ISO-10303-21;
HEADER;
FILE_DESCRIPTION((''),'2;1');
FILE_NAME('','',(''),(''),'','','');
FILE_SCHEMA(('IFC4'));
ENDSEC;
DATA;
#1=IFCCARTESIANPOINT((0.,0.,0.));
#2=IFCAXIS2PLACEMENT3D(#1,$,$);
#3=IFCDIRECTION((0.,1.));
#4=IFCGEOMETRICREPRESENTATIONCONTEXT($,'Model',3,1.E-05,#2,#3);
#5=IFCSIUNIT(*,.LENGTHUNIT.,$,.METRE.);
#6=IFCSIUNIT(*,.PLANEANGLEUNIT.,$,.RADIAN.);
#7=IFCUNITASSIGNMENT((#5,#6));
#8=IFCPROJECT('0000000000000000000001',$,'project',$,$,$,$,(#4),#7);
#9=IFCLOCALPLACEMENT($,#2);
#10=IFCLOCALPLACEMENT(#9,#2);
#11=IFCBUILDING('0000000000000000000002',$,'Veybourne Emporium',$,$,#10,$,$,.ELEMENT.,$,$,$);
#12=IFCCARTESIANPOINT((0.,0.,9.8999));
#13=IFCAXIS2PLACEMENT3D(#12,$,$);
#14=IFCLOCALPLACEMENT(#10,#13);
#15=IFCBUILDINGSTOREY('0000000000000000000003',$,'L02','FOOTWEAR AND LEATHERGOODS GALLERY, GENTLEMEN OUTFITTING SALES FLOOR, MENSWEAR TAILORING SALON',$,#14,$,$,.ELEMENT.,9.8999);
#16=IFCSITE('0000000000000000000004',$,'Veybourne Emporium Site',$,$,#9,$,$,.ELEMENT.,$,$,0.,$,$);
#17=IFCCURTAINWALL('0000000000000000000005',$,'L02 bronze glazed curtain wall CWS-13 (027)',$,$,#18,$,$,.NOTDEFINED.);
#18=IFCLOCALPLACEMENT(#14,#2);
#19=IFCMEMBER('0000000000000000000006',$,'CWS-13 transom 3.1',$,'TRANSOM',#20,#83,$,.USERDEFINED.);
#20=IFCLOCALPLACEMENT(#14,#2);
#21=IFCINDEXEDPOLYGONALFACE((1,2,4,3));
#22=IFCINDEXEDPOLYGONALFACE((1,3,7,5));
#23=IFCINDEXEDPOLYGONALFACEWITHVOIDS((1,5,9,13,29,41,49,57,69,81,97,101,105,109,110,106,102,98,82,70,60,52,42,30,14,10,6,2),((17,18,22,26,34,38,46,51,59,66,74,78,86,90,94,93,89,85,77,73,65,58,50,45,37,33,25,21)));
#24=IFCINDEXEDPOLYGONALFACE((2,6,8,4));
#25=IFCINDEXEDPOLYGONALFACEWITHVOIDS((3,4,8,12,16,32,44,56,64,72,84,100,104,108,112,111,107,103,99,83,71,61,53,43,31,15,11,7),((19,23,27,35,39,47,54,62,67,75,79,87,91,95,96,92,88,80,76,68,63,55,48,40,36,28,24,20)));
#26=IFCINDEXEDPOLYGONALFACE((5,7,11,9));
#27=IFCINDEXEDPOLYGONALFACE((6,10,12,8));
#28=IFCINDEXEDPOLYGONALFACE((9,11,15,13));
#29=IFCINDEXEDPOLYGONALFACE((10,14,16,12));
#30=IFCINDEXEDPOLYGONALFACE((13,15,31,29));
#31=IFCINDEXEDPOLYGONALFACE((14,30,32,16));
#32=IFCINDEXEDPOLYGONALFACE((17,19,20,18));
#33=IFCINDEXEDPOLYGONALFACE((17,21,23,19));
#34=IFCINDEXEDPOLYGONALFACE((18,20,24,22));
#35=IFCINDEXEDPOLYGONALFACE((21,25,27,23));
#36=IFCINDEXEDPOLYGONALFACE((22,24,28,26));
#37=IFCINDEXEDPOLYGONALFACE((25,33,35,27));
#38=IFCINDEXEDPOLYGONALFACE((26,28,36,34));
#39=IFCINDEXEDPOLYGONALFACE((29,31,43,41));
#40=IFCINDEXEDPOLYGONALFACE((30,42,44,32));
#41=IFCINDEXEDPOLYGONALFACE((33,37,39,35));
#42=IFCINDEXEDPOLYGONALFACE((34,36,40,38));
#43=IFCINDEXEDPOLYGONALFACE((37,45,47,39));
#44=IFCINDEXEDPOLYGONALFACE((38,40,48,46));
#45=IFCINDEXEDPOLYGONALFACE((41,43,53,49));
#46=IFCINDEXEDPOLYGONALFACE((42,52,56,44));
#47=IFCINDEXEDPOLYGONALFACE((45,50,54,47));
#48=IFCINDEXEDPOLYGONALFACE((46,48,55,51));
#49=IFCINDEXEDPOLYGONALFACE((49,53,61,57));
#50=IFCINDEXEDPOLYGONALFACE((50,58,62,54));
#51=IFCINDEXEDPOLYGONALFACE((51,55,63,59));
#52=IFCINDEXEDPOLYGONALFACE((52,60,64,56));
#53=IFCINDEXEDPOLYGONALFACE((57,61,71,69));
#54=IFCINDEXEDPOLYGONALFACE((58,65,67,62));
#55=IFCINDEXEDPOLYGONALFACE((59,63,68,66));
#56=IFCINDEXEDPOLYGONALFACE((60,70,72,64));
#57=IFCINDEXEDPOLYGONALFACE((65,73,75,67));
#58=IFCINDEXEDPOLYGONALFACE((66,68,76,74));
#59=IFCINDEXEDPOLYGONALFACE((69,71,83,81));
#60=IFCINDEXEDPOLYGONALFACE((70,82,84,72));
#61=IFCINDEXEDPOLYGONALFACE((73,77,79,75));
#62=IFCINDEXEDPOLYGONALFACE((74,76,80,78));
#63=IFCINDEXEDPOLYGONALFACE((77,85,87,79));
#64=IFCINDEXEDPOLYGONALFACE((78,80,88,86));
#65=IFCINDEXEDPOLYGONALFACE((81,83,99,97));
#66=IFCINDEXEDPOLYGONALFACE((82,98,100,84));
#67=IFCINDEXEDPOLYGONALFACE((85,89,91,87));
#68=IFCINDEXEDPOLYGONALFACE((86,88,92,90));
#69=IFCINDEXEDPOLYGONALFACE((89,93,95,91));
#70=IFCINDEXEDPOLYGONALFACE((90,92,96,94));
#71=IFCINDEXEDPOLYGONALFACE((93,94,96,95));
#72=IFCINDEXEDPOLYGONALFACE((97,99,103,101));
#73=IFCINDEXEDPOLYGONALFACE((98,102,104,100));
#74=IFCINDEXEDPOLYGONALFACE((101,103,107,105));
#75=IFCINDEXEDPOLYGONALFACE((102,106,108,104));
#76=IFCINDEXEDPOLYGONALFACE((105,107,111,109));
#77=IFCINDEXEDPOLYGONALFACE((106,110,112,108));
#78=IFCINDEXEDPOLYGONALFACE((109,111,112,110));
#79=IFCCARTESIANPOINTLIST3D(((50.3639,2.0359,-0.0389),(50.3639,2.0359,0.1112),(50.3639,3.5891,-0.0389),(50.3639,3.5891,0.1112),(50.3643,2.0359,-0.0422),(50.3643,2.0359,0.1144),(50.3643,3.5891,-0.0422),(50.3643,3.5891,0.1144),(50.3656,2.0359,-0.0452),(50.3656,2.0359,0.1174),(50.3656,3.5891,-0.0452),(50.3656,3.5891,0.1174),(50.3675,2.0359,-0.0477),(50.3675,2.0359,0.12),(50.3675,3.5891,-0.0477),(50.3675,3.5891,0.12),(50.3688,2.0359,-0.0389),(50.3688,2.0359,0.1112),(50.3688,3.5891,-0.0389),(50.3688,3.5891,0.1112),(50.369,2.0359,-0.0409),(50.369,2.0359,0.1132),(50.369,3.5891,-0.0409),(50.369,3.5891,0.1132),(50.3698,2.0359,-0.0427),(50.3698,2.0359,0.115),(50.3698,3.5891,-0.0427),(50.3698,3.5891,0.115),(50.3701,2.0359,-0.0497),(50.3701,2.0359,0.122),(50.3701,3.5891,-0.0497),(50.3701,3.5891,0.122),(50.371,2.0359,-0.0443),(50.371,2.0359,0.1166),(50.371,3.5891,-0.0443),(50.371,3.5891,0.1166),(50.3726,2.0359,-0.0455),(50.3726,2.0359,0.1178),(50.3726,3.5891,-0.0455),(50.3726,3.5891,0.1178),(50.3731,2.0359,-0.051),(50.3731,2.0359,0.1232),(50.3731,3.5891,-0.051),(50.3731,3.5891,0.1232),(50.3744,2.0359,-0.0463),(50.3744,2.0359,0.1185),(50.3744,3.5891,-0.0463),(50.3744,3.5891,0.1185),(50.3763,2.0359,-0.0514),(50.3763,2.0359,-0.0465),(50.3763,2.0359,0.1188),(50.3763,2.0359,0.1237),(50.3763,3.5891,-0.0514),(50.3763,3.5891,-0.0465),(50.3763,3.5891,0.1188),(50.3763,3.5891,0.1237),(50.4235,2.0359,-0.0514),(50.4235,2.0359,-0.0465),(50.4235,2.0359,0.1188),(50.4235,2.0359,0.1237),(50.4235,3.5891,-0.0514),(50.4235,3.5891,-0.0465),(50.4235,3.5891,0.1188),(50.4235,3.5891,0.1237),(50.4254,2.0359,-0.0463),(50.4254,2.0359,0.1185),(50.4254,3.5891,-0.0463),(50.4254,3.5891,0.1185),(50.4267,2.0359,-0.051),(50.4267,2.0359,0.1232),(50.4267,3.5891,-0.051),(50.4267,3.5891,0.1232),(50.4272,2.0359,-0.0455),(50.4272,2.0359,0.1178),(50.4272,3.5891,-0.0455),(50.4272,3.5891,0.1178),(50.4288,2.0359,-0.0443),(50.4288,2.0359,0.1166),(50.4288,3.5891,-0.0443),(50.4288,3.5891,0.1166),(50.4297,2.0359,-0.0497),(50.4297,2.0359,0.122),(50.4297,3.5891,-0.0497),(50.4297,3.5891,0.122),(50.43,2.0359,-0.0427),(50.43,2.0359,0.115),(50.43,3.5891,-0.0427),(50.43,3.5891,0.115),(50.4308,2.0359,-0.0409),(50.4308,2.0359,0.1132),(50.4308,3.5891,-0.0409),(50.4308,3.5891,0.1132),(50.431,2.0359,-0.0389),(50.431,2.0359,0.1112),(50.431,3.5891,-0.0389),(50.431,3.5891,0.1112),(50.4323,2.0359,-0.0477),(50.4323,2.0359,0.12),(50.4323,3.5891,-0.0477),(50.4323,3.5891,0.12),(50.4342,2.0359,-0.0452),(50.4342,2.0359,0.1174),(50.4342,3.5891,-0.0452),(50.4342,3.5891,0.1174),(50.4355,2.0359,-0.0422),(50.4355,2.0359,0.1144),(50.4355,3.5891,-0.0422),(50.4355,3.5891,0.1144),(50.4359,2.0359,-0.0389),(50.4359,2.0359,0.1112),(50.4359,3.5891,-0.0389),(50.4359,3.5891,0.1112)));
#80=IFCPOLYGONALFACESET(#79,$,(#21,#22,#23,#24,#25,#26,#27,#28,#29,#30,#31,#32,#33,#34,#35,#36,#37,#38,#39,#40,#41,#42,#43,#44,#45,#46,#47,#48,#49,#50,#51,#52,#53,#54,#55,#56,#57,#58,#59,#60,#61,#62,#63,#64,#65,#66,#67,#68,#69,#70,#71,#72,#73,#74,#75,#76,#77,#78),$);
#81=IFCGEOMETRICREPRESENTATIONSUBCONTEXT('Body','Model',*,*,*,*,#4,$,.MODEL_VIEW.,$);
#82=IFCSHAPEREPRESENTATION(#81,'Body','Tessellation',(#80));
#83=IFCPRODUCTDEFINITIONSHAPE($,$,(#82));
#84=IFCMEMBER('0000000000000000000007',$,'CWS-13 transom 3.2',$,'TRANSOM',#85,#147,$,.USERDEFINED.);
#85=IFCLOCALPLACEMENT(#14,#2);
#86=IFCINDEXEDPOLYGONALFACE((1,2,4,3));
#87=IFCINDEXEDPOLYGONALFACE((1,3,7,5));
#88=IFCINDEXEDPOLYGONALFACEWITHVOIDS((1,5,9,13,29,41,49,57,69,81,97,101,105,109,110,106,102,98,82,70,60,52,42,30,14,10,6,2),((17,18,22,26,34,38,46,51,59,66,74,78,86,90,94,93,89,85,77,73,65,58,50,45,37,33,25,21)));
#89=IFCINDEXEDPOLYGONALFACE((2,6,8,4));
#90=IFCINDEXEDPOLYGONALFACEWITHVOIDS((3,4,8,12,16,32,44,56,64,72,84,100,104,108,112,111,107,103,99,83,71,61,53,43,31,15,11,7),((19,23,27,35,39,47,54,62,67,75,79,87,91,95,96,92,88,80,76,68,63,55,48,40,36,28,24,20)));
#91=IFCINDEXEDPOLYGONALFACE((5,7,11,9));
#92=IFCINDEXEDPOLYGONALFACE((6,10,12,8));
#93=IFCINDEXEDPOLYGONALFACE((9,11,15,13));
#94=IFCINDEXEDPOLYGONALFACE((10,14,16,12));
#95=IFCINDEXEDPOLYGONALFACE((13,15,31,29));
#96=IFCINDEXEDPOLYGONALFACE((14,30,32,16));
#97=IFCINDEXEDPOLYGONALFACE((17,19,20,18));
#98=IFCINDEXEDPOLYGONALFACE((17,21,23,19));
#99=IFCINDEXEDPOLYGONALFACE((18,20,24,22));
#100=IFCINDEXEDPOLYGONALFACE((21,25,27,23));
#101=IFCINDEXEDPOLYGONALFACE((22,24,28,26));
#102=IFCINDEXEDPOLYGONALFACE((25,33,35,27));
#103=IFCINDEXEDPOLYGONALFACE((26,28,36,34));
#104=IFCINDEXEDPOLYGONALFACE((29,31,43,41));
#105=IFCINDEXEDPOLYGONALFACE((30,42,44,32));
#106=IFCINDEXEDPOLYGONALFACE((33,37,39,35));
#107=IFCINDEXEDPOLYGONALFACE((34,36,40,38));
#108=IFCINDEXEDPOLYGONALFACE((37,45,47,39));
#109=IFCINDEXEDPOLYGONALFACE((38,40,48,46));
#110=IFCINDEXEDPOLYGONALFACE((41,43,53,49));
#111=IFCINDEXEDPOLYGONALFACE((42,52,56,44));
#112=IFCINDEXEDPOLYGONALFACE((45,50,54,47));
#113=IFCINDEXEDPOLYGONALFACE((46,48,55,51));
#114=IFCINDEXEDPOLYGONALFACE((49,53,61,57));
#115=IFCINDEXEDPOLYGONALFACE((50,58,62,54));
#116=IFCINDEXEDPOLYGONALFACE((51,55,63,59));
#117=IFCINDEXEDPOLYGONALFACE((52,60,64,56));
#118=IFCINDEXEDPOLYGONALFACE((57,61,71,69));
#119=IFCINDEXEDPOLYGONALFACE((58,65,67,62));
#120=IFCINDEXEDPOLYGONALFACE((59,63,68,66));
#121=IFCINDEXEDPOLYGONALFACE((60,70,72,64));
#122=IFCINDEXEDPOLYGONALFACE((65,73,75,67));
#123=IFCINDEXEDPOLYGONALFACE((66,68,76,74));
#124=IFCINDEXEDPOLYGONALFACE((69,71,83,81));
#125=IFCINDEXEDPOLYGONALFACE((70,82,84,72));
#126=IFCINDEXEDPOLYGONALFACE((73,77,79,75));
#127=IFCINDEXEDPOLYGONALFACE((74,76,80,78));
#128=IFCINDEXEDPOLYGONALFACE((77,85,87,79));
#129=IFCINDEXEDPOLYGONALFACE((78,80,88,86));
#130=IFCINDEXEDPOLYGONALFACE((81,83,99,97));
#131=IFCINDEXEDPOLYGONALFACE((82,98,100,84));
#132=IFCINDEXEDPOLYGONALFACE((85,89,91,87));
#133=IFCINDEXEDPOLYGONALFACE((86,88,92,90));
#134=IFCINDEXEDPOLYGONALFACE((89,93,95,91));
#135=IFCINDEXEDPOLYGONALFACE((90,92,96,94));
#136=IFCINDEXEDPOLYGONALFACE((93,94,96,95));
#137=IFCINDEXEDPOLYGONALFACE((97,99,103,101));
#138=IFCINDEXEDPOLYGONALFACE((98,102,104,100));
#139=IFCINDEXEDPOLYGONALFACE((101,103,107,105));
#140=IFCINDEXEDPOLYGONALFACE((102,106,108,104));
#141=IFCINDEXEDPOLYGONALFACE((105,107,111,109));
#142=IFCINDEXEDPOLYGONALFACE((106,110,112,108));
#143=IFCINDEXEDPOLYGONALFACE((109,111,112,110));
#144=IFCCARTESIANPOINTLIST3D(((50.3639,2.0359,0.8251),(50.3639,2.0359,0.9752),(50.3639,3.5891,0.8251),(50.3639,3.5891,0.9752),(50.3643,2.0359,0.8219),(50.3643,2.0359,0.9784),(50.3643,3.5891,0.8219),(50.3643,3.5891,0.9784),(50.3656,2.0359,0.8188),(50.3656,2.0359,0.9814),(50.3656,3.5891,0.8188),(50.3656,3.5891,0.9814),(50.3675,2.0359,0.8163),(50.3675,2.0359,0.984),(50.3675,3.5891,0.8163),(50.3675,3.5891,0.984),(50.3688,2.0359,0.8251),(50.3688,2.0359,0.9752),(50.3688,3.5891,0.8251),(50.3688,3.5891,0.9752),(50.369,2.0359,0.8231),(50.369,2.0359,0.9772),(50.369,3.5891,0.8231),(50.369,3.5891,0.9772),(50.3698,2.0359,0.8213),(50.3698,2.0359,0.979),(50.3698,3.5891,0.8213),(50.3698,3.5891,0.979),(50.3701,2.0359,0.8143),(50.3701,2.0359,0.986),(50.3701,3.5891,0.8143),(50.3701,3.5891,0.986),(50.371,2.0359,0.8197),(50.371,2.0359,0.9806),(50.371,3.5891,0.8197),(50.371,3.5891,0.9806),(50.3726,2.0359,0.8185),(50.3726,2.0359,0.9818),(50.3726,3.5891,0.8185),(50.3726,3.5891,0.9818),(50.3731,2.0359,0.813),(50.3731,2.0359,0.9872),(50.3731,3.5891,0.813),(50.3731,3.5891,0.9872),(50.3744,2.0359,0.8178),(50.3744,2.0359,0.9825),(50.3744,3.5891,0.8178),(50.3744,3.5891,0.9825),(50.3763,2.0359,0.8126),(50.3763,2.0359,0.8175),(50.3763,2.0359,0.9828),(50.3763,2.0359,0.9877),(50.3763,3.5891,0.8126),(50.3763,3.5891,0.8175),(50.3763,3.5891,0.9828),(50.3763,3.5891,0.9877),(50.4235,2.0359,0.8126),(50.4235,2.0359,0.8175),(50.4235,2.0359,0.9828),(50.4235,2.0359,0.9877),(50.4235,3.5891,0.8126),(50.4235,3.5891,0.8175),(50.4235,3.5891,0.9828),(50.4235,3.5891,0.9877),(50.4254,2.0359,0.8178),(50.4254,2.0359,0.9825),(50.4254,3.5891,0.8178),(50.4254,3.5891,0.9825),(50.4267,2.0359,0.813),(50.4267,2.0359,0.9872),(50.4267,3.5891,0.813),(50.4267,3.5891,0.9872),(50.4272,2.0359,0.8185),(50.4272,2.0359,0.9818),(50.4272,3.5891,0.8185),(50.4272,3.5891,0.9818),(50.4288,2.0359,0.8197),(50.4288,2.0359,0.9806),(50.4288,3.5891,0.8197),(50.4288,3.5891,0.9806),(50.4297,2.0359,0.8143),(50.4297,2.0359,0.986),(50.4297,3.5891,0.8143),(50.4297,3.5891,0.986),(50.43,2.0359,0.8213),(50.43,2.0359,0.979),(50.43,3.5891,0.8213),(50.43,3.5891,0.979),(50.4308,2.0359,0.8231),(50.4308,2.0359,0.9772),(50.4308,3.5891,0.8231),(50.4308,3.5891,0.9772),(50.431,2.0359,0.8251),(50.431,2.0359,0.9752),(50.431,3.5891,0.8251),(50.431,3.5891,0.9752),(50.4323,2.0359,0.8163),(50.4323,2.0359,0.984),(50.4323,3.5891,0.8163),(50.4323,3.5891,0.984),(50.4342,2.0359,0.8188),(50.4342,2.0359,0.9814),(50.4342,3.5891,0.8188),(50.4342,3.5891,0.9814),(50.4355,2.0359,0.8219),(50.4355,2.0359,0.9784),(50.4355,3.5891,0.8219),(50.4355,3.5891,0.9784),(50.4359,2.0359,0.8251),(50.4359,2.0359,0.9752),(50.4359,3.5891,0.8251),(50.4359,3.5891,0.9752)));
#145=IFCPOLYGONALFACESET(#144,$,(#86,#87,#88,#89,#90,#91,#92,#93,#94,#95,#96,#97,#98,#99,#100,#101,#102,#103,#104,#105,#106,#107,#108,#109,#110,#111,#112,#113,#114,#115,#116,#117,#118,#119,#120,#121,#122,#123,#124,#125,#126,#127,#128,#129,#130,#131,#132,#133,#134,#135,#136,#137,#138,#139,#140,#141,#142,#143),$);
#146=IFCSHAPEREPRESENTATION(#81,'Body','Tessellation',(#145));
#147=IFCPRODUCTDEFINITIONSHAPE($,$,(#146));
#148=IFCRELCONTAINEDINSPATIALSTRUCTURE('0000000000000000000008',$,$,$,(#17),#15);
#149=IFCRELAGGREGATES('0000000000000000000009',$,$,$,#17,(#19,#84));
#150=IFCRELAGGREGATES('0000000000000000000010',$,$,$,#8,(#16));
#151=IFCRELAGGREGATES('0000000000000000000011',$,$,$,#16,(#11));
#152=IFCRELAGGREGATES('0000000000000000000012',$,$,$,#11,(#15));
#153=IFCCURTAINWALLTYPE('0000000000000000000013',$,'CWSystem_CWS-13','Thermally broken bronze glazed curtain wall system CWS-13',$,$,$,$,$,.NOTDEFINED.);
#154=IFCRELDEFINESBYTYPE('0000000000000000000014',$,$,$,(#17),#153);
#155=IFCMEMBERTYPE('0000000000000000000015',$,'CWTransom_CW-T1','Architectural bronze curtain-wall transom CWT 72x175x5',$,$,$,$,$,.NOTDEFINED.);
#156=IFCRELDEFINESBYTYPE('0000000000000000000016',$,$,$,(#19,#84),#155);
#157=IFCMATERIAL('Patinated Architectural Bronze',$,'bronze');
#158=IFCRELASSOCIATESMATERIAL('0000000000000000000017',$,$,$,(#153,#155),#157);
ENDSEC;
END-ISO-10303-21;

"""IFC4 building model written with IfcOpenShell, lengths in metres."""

from ifc_helpers import new_model, si_unit, direction, frame, origin, origin_2d, place, context, subcontext, project, spatial, hollow_rectangle, extrude, material, material_profile, profile_set, type_object, element, aggregate, save


model = new_model("IFC4")

# Units and contexts
model_context = context("Model", 3, precision=1e-05, world=origin(), true_north=direction((0.0, 1.0)))
body_context = subcontext(model_context, "Body", "Model", "MODEL_VIEW")
ifc_project = project(units=[si_unit("LENGTHUNIT", "METRE"), si_unit("PLANEANGLEUNIT", "RADIAN")], contexts=[model_context])

# Site, building, storey
site_placement = place(None, origin())
site = spatial("IfcSite", under=ifc_project, at=site_placement, Name="Veybourne Emporium Site", CompositionType="ELEMENT", RefElevation=0.0)
building_placement = place(site_placement, origin())
building = spatial("IfcBuilding", under=site, at=building_placement, Name="Veybourne Emporium", CompositionType="ELEMENT")
storey_placement = place(building_placement, frame((0.0, 0.0, 9.8999)))
storey = spatial("IfcBuildingStorey", under=building, at=storey_placement, Name="L02", Description="FOOTWEAR AND LEATHERGOODS GALLERY, GENTLEMEN OUTFITTING SALES FLOOR, MENSWEAR TAILORING SALON", CompositionType="ELEMENT", Elevation=9.8999)

# Curtain wall, members
ifc_material_1 = material(Name="Patinated Architectural Bronze", Category="bronze")
curtain_wall_type = type_object("IfcCurtainWallType", Name="CWSystem_CWS-13", Description="Thermally broken bronze glazed curtain wall system CWS-13", PredefinedType="NOTDEFINED", material=ifc_material_1)
curtain_wall_placement = place(storey_placement, origin())
curtain_wall = element("IfcCurtainWall", 1, at=curtain_wall_placement, inside=storey, type_object=curtain_wall_type, Name="L02 bronze glazed curtain wall CWS-13 (027)", PredefinedType="NOTDEFINED")
ifc_material_profile_1 = material_profile(ifc_material_1, hollow_rectangle(XDim=0.072, YDim=0.175, WallThickness=0.0049, InnerFilletRadius=0.0076, OuterFilletRadius=0.0125, at=origin_2d()), Name="CWT 72x175x5")
ifc_profile_set_1 = profile_set([ifc_material_profile_1], Name="Patinated Architectural Bronze")
member_type_1 = type_object("IfcMemberType", Name="CWTransom_CW-T1", Description="Architectural bronze curtain-wall transom CWT 72x175x5", PredefinedType="NOTDEFINED", material=ifc_profile_set_1)
member_1_placement = place(storey_placement, frame((50.3999, 3.5891, 0.0361), z_axis=(0.0, -1.0, 0.0), x_axis=(1.0, 0.0, 0.0)))
member_1 = element("IfcMember", 2, at=member_1_placement, type_object=member_type_1, Name="CWS-13 transom 3.1", ObjectType="TRANSOM", PredefinedType="USERDEFINED", context=body_context, shape_type="SweptSolid", body=[
    extrude(hollow_rectangle(XDim=0.072, YDim=0.175, WallThickness=0.0049, InnerFilletRadius=0.0076, OuterFilletRadius=0.0125, at=origin_2d()), origin(), (0.0, 0.0, 1.0), 1.5532),
])
member_2_placement = place(storey_placement, frame((50.3999, 3.5891, 0.9001), z_axis=(0.0, -1.0, 0.0), x_axis=(1.0, 0.0, 0.0)))
member_2 = element("IfcMember", 3, at=member_2_placement, type_object=member_type_1, Name="CWS-13 transom 3.2", ObjectType="TRANSOM", PredefinedType="USERDEFINED", context=body_context, shape_type="SweptSolid", body=[
    extrude(hollow_rectangle(XDim=0.072, YDim=0.175, WallThickness=0.0049, InnerFilletRadius=0.0076, OuterFilletRadius=0.0125, at=origin_2d()), origin(), (0.0, 0.0, 1.0), 1.5532),
])

aggregate(curtain_wall, [member_1, member_2])

save(model, "model.ifc")
